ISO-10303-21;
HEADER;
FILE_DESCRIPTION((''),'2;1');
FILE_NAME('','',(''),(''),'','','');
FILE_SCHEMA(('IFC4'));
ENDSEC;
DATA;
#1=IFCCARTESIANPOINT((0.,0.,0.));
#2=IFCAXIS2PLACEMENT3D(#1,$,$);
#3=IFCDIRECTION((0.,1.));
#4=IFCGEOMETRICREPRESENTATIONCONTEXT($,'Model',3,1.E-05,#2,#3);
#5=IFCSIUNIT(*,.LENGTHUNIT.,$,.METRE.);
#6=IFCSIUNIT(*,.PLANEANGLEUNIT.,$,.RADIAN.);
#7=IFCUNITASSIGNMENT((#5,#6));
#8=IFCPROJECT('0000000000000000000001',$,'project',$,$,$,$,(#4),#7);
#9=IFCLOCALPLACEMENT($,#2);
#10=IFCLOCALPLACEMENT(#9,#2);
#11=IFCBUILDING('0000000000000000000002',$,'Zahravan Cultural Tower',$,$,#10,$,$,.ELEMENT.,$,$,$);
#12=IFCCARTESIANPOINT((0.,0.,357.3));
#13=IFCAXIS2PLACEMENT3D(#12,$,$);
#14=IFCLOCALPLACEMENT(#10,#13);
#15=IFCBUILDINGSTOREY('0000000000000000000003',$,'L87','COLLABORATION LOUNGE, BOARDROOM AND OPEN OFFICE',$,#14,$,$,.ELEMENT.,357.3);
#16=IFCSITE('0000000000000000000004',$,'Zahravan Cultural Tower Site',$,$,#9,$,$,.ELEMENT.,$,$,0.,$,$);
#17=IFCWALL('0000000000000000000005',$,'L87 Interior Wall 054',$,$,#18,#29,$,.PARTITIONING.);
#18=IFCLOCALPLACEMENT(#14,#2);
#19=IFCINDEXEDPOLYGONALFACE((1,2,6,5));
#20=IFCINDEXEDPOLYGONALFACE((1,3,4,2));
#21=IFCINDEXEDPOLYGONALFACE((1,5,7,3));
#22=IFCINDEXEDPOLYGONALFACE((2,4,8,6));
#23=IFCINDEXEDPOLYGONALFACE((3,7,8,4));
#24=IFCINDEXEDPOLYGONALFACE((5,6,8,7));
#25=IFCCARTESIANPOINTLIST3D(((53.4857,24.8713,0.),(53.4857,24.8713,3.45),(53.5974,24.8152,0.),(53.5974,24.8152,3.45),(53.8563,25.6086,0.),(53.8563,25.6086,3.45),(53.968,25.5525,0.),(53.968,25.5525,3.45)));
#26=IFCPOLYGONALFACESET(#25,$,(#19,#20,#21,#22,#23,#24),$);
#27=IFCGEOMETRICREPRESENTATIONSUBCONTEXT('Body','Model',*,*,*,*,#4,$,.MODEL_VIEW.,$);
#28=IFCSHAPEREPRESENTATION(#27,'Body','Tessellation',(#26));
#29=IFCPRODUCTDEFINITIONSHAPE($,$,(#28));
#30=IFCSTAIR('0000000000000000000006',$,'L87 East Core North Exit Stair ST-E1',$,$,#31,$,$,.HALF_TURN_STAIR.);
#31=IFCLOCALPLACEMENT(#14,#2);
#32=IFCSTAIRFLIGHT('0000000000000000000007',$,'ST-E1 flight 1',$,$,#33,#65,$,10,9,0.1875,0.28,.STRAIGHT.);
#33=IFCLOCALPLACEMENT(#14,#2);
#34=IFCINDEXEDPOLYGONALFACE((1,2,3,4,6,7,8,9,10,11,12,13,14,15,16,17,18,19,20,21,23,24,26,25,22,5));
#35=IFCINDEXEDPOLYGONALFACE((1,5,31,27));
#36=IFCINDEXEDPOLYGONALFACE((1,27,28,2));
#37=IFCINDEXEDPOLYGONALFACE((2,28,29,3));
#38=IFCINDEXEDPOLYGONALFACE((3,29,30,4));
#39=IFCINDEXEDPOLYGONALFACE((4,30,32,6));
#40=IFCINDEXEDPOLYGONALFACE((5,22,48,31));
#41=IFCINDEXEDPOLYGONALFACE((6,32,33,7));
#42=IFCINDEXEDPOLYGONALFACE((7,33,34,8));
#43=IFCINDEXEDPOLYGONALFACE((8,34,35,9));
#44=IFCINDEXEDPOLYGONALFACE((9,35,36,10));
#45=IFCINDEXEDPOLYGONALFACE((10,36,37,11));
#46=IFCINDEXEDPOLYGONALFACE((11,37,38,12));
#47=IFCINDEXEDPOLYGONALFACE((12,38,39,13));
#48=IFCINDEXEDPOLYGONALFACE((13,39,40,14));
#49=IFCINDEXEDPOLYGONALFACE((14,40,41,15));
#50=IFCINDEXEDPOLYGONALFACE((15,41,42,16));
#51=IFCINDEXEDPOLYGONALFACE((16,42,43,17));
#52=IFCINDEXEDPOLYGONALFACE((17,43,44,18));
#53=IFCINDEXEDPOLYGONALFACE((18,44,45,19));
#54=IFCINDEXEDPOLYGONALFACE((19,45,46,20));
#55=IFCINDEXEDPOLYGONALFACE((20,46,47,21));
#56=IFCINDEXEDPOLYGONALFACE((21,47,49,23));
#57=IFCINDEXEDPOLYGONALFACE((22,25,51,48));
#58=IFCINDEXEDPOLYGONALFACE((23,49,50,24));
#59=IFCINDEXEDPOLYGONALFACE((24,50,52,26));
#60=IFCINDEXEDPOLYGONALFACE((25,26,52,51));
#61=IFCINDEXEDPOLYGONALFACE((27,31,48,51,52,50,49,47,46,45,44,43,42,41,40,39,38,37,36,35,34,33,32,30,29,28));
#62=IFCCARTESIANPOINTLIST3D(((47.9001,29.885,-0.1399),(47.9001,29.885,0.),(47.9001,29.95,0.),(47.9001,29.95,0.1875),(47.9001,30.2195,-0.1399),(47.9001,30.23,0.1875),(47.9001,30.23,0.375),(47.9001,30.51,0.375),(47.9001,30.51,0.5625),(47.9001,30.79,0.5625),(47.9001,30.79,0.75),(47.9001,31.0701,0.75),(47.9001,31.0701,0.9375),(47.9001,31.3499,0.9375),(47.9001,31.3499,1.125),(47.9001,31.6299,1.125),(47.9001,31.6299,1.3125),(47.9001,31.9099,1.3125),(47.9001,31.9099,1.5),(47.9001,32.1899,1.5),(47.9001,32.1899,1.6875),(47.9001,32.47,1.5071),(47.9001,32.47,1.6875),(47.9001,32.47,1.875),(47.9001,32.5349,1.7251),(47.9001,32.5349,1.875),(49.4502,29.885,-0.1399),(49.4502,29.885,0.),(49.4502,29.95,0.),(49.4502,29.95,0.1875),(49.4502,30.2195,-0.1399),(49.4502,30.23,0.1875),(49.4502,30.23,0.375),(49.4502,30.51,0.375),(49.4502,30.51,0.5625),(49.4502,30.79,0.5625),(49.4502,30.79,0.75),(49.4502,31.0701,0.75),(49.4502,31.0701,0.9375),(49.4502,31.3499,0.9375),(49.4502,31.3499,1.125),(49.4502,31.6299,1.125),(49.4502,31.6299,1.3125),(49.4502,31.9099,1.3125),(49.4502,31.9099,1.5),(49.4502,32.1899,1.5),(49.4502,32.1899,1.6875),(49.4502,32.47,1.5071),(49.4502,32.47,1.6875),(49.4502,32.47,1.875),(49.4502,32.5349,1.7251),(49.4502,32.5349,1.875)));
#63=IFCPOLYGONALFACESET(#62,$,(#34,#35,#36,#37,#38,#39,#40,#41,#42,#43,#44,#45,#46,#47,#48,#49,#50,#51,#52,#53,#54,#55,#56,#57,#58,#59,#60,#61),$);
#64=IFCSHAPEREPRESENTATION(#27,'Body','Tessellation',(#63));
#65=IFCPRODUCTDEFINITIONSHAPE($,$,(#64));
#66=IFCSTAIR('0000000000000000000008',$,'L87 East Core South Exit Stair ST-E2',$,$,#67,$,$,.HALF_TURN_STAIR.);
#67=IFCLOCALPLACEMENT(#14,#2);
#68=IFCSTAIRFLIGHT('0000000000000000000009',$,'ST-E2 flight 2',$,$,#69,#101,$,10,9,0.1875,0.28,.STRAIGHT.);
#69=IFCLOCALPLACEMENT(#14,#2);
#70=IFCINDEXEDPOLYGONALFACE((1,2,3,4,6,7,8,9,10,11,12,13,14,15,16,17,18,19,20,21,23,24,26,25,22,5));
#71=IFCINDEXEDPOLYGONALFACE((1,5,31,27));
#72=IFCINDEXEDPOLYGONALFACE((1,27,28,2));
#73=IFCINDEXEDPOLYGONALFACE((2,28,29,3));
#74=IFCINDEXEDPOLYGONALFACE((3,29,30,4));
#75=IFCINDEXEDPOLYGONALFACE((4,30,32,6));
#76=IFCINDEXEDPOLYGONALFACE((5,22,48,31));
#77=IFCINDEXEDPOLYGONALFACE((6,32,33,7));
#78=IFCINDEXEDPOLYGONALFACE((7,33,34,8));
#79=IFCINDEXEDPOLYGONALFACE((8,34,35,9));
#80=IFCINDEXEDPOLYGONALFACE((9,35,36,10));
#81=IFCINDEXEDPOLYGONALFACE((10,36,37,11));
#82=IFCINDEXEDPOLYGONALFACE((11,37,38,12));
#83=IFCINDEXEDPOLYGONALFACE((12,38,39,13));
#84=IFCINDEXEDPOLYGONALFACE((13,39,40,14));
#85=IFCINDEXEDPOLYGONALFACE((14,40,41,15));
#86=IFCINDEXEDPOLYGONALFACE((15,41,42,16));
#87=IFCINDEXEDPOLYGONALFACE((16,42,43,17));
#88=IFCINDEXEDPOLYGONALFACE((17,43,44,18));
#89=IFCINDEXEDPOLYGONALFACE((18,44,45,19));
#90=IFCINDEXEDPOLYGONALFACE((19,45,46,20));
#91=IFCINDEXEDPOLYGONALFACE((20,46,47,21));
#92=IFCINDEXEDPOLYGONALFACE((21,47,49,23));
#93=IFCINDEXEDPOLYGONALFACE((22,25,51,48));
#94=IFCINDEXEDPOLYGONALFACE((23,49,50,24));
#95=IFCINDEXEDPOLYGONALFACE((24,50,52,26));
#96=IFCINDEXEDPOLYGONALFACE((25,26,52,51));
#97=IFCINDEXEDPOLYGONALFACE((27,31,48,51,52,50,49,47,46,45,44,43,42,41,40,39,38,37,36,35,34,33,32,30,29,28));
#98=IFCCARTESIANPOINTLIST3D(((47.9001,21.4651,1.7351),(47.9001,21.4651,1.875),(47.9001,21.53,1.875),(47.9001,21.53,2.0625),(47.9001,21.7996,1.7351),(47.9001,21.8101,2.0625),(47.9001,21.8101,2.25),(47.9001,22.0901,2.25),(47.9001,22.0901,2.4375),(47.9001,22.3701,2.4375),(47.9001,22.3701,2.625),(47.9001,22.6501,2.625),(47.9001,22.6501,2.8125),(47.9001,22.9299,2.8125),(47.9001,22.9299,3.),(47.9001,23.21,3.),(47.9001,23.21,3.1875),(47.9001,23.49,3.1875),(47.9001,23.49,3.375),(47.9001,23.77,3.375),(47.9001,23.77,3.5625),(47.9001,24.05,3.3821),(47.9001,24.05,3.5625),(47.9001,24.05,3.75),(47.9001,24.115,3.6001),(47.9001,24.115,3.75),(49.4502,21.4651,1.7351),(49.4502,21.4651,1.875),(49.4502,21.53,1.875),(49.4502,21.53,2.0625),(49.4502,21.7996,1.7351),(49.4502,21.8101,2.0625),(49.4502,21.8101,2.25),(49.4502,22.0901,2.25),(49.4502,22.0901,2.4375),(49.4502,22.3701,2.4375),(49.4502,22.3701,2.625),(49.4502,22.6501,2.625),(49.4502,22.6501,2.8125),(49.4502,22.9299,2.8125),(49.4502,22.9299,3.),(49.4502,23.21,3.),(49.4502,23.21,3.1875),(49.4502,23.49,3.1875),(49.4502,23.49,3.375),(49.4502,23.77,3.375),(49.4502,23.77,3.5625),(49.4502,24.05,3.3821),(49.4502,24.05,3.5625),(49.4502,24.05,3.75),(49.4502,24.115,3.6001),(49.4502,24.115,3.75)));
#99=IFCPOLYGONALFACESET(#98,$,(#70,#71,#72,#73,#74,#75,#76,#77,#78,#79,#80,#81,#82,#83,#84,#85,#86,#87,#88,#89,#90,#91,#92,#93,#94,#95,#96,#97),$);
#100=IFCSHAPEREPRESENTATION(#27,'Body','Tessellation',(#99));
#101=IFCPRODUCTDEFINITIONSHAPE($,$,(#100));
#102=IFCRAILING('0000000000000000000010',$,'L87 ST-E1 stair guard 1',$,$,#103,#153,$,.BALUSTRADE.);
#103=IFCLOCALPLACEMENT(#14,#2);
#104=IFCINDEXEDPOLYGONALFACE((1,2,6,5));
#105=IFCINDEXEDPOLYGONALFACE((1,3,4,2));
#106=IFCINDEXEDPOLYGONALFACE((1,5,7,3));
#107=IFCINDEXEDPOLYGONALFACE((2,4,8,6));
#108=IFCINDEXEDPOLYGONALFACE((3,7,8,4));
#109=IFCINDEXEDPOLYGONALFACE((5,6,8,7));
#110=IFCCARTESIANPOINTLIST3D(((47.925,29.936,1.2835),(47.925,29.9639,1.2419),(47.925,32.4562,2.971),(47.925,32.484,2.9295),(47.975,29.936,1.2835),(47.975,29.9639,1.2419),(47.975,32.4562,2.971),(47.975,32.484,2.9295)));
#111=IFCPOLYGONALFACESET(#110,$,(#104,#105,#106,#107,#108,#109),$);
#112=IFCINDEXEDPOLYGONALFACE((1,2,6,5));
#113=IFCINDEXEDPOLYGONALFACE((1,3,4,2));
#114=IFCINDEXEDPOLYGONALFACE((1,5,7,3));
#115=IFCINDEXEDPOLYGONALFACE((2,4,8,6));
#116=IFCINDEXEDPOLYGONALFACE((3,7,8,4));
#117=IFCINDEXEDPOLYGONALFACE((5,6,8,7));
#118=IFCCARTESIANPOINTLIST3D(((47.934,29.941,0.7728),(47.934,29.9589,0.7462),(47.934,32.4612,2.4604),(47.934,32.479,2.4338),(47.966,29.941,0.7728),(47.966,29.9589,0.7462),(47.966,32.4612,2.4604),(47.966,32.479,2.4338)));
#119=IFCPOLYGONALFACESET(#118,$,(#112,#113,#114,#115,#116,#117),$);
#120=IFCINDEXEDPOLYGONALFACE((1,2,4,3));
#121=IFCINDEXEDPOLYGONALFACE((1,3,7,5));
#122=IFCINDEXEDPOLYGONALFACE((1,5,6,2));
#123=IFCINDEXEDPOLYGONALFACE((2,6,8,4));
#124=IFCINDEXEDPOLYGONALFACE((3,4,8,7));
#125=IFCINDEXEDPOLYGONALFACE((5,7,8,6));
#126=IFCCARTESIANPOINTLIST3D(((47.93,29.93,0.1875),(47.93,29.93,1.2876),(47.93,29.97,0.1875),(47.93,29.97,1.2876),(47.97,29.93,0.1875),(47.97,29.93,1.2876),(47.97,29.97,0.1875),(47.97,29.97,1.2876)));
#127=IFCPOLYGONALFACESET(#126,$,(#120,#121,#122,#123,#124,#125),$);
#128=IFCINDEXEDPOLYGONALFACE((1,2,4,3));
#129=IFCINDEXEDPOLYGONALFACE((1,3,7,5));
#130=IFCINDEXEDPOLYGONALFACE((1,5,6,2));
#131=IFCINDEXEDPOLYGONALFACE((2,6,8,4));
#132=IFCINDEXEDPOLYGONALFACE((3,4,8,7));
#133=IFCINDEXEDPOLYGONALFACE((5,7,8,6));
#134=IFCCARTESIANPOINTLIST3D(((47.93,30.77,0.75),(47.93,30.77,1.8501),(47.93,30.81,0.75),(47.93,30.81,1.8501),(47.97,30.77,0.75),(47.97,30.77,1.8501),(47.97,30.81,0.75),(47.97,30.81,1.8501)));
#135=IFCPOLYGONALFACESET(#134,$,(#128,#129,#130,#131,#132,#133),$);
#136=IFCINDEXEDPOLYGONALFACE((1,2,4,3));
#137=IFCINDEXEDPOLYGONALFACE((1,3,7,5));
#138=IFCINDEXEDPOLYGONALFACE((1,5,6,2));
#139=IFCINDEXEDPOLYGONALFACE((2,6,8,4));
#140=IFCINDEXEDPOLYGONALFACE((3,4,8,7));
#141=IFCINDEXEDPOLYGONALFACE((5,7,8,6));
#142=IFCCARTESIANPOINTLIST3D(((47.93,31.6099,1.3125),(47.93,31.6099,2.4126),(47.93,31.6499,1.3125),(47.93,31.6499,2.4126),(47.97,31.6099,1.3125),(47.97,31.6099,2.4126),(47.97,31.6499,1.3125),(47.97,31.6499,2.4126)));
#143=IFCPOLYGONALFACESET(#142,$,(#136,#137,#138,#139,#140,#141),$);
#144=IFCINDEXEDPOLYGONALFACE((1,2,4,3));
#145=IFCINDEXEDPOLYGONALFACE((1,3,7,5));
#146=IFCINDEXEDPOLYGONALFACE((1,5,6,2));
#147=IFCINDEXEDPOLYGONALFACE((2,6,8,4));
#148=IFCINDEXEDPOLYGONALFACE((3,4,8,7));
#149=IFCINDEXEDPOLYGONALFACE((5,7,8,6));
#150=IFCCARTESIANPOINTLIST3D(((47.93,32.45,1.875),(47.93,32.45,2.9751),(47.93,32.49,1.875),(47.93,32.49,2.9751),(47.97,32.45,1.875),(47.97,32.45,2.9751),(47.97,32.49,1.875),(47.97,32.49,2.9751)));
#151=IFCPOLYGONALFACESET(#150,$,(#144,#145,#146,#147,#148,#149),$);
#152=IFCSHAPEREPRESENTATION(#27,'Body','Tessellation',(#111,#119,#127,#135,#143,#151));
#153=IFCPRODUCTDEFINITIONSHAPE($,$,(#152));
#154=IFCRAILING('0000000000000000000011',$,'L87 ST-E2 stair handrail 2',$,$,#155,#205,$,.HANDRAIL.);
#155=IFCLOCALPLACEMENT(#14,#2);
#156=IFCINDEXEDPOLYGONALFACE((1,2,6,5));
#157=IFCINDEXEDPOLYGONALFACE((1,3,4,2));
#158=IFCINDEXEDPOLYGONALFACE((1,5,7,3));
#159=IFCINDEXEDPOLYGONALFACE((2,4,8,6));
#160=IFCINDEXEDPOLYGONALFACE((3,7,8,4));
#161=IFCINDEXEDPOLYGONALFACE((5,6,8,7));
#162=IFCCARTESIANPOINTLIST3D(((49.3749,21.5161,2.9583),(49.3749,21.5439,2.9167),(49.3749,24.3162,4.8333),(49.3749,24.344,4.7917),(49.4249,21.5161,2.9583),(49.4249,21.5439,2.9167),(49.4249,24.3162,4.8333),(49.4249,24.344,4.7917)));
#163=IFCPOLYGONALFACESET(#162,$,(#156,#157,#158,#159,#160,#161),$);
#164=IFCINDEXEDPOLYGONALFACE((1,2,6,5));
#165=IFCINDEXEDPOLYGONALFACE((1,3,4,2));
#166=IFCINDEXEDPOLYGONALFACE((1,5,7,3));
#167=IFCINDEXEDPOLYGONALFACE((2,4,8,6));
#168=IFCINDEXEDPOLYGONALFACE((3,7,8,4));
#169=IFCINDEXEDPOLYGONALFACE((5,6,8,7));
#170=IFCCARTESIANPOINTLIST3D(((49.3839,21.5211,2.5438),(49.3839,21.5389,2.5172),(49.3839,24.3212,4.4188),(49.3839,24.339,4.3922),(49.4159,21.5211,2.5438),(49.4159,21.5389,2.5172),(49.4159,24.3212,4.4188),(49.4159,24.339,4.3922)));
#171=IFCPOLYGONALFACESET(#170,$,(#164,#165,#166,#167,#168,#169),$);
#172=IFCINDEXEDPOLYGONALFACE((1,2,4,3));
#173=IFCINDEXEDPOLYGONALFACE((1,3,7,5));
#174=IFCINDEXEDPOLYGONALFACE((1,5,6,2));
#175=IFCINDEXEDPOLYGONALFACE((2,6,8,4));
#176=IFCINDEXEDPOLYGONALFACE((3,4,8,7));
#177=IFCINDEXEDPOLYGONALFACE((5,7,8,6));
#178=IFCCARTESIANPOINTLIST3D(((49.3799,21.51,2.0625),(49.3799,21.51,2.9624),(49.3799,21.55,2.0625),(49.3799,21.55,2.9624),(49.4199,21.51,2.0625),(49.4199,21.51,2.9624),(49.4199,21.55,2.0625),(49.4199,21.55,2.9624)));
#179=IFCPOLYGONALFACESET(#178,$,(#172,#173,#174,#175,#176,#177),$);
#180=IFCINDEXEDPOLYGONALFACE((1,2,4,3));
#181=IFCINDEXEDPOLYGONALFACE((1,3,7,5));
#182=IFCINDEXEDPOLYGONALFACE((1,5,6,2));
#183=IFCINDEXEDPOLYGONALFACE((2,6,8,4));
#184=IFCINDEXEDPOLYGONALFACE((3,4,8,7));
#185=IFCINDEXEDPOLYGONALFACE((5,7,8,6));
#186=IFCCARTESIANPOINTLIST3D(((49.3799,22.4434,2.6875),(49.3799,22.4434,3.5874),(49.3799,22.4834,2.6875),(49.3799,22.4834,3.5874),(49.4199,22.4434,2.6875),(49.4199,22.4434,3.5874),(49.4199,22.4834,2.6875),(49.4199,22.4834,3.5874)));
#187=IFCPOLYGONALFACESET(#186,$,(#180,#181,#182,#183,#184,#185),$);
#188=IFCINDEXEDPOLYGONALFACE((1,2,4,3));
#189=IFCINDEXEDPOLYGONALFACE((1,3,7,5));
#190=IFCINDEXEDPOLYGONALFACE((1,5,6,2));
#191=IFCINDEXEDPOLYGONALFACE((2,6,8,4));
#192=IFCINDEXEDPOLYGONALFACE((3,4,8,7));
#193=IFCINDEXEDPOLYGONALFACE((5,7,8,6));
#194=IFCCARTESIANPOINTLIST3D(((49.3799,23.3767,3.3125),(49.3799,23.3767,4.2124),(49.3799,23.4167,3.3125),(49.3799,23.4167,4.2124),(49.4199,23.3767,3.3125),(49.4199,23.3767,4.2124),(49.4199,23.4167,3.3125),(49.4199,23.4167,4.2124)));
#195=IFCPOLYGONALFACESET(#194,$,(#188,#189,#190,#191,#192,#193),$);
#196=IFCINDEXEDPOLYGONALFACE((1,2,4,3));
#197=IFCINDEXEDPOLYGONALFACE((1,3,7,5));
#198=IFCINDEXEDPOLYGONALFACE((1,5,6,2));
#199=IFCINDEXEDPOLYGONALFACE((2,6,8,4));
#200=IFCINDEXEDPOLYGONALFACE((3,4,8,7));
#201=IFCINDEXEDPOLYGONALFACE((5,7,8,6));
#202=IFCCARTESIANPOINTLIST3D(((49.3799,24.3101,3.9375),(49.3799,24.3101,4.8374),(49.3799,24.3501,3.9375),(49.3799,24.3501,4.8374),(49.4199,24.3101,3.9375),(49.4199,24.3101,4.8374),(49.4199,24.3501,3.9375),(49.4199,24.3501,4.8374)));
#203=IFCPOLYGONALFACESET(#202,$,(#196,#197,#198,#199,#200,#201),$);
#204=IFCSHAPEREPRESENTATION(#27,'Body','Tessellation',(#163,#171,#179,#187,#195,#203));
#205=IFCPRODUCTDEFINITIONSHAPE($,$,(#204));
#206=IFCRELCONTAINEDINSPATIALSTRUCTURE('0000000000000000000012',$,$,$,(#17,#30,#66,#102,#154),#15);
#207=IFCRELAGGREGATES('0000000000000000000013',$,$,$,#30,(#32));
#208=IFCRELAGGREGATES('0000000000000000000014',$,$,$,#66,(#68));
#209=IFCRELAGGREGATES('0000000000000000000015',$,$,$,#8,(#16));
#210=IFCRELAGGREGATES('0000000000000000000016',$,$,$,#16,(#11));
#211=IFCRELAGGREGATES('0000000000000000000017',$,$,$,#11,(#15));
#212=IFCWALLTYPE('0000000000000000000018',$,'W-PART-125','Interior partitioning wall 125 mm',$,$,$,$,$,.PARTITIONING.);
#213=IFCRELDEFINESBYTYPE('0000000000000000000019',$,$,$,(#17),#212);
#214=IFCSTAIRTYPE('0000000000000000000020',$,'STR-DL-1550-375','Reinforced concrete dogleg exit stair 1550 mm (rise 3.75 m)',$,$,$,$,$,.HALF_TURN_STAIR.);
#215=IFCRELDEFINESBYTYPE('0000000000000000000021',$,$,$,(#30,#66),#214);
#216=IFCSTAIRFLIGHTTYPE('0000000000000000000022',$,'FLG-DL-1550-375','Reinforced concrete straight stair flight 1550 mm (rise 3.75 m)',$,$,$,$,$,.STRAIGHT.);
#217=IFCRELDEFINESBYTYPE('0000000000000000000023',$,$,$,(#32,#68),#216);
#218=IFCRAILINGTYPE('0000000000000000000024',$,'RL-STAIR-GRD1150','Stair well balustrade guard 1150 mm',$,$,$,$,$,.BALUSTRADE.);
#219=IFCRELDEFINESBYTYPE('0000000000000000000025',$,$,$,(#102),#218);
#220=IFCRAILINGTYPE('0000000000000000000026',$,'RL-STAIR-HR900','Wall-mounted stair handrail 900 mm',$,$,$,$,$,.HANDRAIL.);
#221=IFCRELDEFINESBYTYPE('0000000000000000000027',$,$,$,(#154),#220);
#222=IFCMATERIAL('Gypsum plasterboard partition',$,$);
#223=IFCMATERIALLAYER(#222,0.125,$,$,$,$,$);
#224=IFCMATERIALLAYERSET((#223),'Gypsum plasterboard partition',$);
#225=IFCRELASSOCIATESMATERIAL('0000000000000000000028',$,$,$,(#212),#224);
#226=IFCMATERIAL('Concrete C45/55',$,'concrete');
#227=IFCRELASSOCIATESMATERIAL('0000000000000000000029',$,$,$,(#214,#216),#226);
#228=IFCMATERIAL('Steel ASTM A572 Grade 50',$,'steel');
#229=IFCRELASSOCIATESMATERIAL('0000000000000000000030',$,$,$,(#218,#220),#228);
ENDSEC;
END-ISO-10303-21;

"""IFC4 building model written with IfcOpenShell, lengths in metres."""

from ifc_helpers import new_model, si_unit, direction, frame, frame_2d, origin, origin_2d, place, context, subcontext, project, spatial, polyline, rectangle, outline, extrude, source, transform, mapped, material, layer, layer_set, type_object, element, aggregate, save


model = new_model("IFC4")

# Units and contexts
model_context = context("Model", 3, precision=1e-05, world=origin(), true_north=direction((0.0, 1.0)))
body_context = subcontext(model_context, "Body", "Model", "MODEL_VIEW")
ifc_project = project(units=[si_unit("LENGTHUNIT", "METRE"), si_unit("PLANEANGLEUNIT", "RADIAN")], contexts=[model_context])

# Site, building, storey
site_placement = place(None, origin())
site = spatial("IfcSite", under=ifc_project, at=site_placement, Name="Zahravan Cultural Tower Site", CompositionType="ELEMENT", RefElevation=0.0)
building_placement = place(site_placement, origin())
building = spatial("IfcBuilding", under=site, at=building_placement, Name="Zahravan Cultural Tower", CompositionType="ELEMENT")
storey_placement = place(building_placement, frame((0.0, 0.0, 357.3)))
storey = spatial("IfcBuildingStorey", under=building, at=storey_placement, Name="L87", Description="COLLABORATION LOUNGE, BOARDROOM AND OPEN OFFICE", CompositionType="ELEMENT", Elevation=357.3)

# Shared definitions
ifc_material_1 = material(Name="Gypsum plasterboard partition")
ifc_layer_1 = layer(ifc_material_1, 0.125)
ifc_layer_set_1 = layer_set([ifc_layer_1], Name="Gypsum plasterboard partition")
wall_type_1 = type_object("IfcWallType", Name="W-PART-125", Description="Interior partitioning wall 125 mm", PredefinedType="PARTITIONING", material=ifc_layer_set_1)

# Wall
ifc_material_2 = material(Name="Concrete C45/55", Category="concrete")
shared_shape_1 = source(origin(), body_context, "Body", "SweptSolid", [
    extrude(rectangle(XDim=0.8252, YDim=0.125, at=frame_2d((0.4126, 0.0))), origin(), (0.0, 0.0, 1.0), 3.45),
])
wall_1_placement = place(storey_placement, frame((53.9121, 25.5806, 0.0), z_axis=(0.0, 0.0, 1.0), x_axis=(-0.449106, -0.893478, 0.0)))
element("IfcWall", 1, at=wall_1_placement, inside=storey, type_object=wall_type_1, Name="L87 Interior Wall 054", PredefinedType="PARTITIONING", context=body_context, shape_type="MappedRepresentation", body=[
    mapped(shared_shape_1, transform((0.0, 0.0, 0.0), x_axis=(1.0, 0.0, 0.0), y_axis=(0.0, 1.0, 0.0), z_axis=(0.0, 0.0, 1.0), scale=1.0)),
])

# Stairs, stair flights
stair_type = type_object("IfcStairType", Name="STR-DL-1550-375", Description="Reinforced concrete dogleg exit stair 1550 mm (rise 3.75 m)", PredefinedType="HALF_TURN_STAIR", material=ifc_material_2)
stair_1_placement = place(storey_placement, origin())
stair_1 = element("IfcStair", 2, at=stair_1_placement, inside=storey, type_object=stair_type, Name="L87 East Core North Exit Stair ST-E1", PredefinedType="HALF_TURN_STAIR")
stair_flight_type = type_object("IfcStairFlightType", Name="FLG-DL-1550-375", Description="Reinforced concrete straight stair flight 1550 mm (rise 3.75 m)", PredefinedType="STRAIGHT", material=ifc_material_2)
stair_flight_1_placement = place(storey_placement, frame((48.675, 29.95, 0.0), z_axis=(0.0, 0.0, 1.0), x_axis=(0.0, 1.0, 0.0)))
stair_flight_1 = element("IfcStairFlight", 3, at=stair_flight_1_placement, type_object=stair_flight_type, Name="ST-E1 flight 1", NumberOfRisers=10, NumberOfTreads=9, PredefinedType="STRAIGHT", RiserHeight=0.1875, TreadLength=0.28, context=body_context, shape_type="SweptSolid", body=[
    extrude(outline(polyline([(-0.0649, -0.1399), (-0.0649, 0.0), (0.0, 0.0), (0.0, 0.1875), (0.28, 0.1875), (0.28, 0.375), (0.5601, 0.375), (0.5601, 0.5625), (0.8401, 0.5625), (0.8401, 0.75), (1.1201, 0.75), (1.1201, 0.9375), (1.3999, 0.9375), (1.3999, 1.125), (1.6799, 1.125), (1.6799, 1.3125), (1.96, 1.3125), (1.96, 1.5), (2.24, 1.5), (2.24, 1.6875), (2.52, 1.6875), (2.52, 1.875), (2.585, 1.875), (2.585, 1.7251), (2.52, 1.5071), (0.2695, -0.1399), (-0.0649, -0.1399)])), frame((0.0, 0.7749, 0.0), z_axis=(0.0, -1.0, 0.0), x_axis=(1.0, 0.0, 0.0)), (0.0, 0.0, 1.0), 1.55),
])
aggregate(stair_1, [stair_flight_1])
stair_2_placement = place(storey_placement, origin())
stair_2 = element("IfcStair", 4, at=stair_2_placement, inside=storey, type_object=stair_type, Name="L87 East Core South Exit Stair ST-E2", PredefinedType="HALF_TURN_STAIR")
stair_flight_2_placement = place(storey_placement, frame((48.675, 21.53, 1.875), z_axis=(0.0, 0.0, 1.0), x_axis=(0.0, 1.0, 0.0)))
stair_flight_2 = element("IfcStairFlight", 5, at=stair_flight_2_placement, type_object=stair_flight_type, Name="ST-E2 flight 2", NumberOfRisers=10, NumberOfTreads=9, PredefinedType="STRAIGHT", RiserHeight=0.1875, TreadLength=0.28, context=body_context, shape_type="SweptSolid", body=[
    extrude(outline(polyline([(-0.0649, -0.1399), (-0.0649, 0.0), (0.0, 0.0), (0.0, 0.1875), (0.28, 0.1875), (0.28, 0.375), (0.5601, 0.375), (0.5601, 0.5625), (0.8401, 0.5625), (0.8401, 0.75), (1.1201, 0.75), (1.1201, 0.9375), (1.3999, 0.9375), (1.3999, 1.125), (1.6799, 1.125), (1.6799, 1.3125), (1.96, 1.3125), (1.96, 1.5), (2.24, 1.5), (2.24, 1.6875), (2.52, 1.6875), (2.52, 1.875), (2.585, 1.875), (2.585, 1.7251), (2.52, 1.5071), (0.2695, -0.1399), (-0.0649, -0.1399)])), frame((0.0, 0.7749, 0.0), z_axis=(0.0, -1.0, 0.0), x_axis=(1.0, 0.0, 0.0)), (0.0, 0.0, 1.0), 1.55),
])
aggregate(stair_2, [stair_flight_2])

# Railings
ifc_material_3 = material(Name="Steel ASTM A572 Grade 50", Category="steel")
railing_type_1 = type_object("IfcRailingType", Name="RL-STAIR-GRD1150", Description="Stair well balustrade guard 1150 mm", PredefinedType="BALUSTRADE", material=ifc_material_3)
railing_1_placement = place(storey_placement, frame((47.95, 29.95, 0.1875)))
element("IfcRailing", 6, at=railing_1_placement, inside=storey, type_object=railing_type_1, Name="L87 ST-E1 stair guard 1", PredefinedType="BALUSTRADE", context=body_context, shape_type="SweptSolid", body=[
    extrude(rectangle(XDim=0.05, YDim=0.05, at=origin_2d()), frame((0.0, 0.0, 1.0752), z_axis=(0.0, 0.830909, 0.556408), x_axis=(-1.0, 0.0, 0.0)), (0.0, 0.0, 1.0), 3.033),
    extrude(rectangle(XDim=0.032, YDim=0.032, at=origin_2d()), frame((0.0, 0.0, 0.572), z_axis=(0.0, 0.830909, 0.556408), x_axis=(-1.0, 0.0, 0.0)), (0.0, 0.0, 1.0), 3.033),
    extrude(rectangle(XDim=0.04, YDim=0.04, at=origin_2d()), origin(), (0.0, 0.0, 1.0), 1.1001),
    extrude(rectangle(XDim=0.04, YDim=0.04, at=origin_2d()), frame((0.0, 0.8401, 0.5625)), (0.0, 0.0, 1.0), 1.1001),
    extrude(rectangle(XDim=0.04, YDim=0.04, at=origin_2d()), frame((0.0, 1.6799, 1.125)), (0.0, 0.0, 1.0), 1.1001),
    extrude(rectangle(XDim=0.04, YDim=0.04, at=origin_2d()), frame((0.0, 2.52, 1.6875)), (0.0, 0.0, 1.0), 1.1001),
])
railing_type_2 = type_object("IfcRailingType", Name="RL-STAIR-HR900", Description="Wall-mounted stair handrail 900 mm", PredefinedType="HANDRAIL", material=ifc_material_3)
railing_2_placement = place(storey_placement, frame((49.3999, 21.53, 2.0625)))
element("IfcRailing", 7, at=railing_2_placement, inside=storey, type_object=railing_type_2, Name="L87 ST-E2 stair handrail 2", PredefinedType="HANDRAIL", context=body_context, shape_type="SweptSolid", body=[
    extrude(rectangle(XDim=0.05, YDim=0.05, at=origin_2d()), frame((0.0, 0.0, 0.875), z_axis=(0.0, 0.830912, 0.556404), x_axis=(-1.0, 0.0, 0.0)), (0.0, 0.0, 1.0), 3.3699),
    extrude(rectangle(XDim=0.032, YDim=0.032, at=origin_2d()), frame((0.0, 0.0, 0.468), z_axis=(0.0, 0.830912, 0.556404), x_axis=(-1.0, 0.0, 0.0)), (0.0, 0.0, 1.0), 3.3699),
    extrude(rectangle(XDim=0.04, YDim=0.04, at=origin_2d()), origin(), (0.0, 0.0, 1.0), 0.8999),
    extrude(rectangle(XDim=0.04, YDim=0.04, at=origin_2d()), frame((0.0, 0.9333, 0.625)), (0.0, 0.0, 1.0), 0.8999),
    extrude(rectangle(XDim=0.04, YDim=0.04, at=origin_2d()), frame((0.0, 1.8667, 1.25)), (0.0, 0.0, 1.0), 0.8999),
    extrude(rectangle(XDim=0.04, YDim=0.04, at=origin_2d()), frame((0.0, 2.8, 1.875)), (0.0, 0.0, 1.0), 0.8999),
])

save(model, "model.ifc")
